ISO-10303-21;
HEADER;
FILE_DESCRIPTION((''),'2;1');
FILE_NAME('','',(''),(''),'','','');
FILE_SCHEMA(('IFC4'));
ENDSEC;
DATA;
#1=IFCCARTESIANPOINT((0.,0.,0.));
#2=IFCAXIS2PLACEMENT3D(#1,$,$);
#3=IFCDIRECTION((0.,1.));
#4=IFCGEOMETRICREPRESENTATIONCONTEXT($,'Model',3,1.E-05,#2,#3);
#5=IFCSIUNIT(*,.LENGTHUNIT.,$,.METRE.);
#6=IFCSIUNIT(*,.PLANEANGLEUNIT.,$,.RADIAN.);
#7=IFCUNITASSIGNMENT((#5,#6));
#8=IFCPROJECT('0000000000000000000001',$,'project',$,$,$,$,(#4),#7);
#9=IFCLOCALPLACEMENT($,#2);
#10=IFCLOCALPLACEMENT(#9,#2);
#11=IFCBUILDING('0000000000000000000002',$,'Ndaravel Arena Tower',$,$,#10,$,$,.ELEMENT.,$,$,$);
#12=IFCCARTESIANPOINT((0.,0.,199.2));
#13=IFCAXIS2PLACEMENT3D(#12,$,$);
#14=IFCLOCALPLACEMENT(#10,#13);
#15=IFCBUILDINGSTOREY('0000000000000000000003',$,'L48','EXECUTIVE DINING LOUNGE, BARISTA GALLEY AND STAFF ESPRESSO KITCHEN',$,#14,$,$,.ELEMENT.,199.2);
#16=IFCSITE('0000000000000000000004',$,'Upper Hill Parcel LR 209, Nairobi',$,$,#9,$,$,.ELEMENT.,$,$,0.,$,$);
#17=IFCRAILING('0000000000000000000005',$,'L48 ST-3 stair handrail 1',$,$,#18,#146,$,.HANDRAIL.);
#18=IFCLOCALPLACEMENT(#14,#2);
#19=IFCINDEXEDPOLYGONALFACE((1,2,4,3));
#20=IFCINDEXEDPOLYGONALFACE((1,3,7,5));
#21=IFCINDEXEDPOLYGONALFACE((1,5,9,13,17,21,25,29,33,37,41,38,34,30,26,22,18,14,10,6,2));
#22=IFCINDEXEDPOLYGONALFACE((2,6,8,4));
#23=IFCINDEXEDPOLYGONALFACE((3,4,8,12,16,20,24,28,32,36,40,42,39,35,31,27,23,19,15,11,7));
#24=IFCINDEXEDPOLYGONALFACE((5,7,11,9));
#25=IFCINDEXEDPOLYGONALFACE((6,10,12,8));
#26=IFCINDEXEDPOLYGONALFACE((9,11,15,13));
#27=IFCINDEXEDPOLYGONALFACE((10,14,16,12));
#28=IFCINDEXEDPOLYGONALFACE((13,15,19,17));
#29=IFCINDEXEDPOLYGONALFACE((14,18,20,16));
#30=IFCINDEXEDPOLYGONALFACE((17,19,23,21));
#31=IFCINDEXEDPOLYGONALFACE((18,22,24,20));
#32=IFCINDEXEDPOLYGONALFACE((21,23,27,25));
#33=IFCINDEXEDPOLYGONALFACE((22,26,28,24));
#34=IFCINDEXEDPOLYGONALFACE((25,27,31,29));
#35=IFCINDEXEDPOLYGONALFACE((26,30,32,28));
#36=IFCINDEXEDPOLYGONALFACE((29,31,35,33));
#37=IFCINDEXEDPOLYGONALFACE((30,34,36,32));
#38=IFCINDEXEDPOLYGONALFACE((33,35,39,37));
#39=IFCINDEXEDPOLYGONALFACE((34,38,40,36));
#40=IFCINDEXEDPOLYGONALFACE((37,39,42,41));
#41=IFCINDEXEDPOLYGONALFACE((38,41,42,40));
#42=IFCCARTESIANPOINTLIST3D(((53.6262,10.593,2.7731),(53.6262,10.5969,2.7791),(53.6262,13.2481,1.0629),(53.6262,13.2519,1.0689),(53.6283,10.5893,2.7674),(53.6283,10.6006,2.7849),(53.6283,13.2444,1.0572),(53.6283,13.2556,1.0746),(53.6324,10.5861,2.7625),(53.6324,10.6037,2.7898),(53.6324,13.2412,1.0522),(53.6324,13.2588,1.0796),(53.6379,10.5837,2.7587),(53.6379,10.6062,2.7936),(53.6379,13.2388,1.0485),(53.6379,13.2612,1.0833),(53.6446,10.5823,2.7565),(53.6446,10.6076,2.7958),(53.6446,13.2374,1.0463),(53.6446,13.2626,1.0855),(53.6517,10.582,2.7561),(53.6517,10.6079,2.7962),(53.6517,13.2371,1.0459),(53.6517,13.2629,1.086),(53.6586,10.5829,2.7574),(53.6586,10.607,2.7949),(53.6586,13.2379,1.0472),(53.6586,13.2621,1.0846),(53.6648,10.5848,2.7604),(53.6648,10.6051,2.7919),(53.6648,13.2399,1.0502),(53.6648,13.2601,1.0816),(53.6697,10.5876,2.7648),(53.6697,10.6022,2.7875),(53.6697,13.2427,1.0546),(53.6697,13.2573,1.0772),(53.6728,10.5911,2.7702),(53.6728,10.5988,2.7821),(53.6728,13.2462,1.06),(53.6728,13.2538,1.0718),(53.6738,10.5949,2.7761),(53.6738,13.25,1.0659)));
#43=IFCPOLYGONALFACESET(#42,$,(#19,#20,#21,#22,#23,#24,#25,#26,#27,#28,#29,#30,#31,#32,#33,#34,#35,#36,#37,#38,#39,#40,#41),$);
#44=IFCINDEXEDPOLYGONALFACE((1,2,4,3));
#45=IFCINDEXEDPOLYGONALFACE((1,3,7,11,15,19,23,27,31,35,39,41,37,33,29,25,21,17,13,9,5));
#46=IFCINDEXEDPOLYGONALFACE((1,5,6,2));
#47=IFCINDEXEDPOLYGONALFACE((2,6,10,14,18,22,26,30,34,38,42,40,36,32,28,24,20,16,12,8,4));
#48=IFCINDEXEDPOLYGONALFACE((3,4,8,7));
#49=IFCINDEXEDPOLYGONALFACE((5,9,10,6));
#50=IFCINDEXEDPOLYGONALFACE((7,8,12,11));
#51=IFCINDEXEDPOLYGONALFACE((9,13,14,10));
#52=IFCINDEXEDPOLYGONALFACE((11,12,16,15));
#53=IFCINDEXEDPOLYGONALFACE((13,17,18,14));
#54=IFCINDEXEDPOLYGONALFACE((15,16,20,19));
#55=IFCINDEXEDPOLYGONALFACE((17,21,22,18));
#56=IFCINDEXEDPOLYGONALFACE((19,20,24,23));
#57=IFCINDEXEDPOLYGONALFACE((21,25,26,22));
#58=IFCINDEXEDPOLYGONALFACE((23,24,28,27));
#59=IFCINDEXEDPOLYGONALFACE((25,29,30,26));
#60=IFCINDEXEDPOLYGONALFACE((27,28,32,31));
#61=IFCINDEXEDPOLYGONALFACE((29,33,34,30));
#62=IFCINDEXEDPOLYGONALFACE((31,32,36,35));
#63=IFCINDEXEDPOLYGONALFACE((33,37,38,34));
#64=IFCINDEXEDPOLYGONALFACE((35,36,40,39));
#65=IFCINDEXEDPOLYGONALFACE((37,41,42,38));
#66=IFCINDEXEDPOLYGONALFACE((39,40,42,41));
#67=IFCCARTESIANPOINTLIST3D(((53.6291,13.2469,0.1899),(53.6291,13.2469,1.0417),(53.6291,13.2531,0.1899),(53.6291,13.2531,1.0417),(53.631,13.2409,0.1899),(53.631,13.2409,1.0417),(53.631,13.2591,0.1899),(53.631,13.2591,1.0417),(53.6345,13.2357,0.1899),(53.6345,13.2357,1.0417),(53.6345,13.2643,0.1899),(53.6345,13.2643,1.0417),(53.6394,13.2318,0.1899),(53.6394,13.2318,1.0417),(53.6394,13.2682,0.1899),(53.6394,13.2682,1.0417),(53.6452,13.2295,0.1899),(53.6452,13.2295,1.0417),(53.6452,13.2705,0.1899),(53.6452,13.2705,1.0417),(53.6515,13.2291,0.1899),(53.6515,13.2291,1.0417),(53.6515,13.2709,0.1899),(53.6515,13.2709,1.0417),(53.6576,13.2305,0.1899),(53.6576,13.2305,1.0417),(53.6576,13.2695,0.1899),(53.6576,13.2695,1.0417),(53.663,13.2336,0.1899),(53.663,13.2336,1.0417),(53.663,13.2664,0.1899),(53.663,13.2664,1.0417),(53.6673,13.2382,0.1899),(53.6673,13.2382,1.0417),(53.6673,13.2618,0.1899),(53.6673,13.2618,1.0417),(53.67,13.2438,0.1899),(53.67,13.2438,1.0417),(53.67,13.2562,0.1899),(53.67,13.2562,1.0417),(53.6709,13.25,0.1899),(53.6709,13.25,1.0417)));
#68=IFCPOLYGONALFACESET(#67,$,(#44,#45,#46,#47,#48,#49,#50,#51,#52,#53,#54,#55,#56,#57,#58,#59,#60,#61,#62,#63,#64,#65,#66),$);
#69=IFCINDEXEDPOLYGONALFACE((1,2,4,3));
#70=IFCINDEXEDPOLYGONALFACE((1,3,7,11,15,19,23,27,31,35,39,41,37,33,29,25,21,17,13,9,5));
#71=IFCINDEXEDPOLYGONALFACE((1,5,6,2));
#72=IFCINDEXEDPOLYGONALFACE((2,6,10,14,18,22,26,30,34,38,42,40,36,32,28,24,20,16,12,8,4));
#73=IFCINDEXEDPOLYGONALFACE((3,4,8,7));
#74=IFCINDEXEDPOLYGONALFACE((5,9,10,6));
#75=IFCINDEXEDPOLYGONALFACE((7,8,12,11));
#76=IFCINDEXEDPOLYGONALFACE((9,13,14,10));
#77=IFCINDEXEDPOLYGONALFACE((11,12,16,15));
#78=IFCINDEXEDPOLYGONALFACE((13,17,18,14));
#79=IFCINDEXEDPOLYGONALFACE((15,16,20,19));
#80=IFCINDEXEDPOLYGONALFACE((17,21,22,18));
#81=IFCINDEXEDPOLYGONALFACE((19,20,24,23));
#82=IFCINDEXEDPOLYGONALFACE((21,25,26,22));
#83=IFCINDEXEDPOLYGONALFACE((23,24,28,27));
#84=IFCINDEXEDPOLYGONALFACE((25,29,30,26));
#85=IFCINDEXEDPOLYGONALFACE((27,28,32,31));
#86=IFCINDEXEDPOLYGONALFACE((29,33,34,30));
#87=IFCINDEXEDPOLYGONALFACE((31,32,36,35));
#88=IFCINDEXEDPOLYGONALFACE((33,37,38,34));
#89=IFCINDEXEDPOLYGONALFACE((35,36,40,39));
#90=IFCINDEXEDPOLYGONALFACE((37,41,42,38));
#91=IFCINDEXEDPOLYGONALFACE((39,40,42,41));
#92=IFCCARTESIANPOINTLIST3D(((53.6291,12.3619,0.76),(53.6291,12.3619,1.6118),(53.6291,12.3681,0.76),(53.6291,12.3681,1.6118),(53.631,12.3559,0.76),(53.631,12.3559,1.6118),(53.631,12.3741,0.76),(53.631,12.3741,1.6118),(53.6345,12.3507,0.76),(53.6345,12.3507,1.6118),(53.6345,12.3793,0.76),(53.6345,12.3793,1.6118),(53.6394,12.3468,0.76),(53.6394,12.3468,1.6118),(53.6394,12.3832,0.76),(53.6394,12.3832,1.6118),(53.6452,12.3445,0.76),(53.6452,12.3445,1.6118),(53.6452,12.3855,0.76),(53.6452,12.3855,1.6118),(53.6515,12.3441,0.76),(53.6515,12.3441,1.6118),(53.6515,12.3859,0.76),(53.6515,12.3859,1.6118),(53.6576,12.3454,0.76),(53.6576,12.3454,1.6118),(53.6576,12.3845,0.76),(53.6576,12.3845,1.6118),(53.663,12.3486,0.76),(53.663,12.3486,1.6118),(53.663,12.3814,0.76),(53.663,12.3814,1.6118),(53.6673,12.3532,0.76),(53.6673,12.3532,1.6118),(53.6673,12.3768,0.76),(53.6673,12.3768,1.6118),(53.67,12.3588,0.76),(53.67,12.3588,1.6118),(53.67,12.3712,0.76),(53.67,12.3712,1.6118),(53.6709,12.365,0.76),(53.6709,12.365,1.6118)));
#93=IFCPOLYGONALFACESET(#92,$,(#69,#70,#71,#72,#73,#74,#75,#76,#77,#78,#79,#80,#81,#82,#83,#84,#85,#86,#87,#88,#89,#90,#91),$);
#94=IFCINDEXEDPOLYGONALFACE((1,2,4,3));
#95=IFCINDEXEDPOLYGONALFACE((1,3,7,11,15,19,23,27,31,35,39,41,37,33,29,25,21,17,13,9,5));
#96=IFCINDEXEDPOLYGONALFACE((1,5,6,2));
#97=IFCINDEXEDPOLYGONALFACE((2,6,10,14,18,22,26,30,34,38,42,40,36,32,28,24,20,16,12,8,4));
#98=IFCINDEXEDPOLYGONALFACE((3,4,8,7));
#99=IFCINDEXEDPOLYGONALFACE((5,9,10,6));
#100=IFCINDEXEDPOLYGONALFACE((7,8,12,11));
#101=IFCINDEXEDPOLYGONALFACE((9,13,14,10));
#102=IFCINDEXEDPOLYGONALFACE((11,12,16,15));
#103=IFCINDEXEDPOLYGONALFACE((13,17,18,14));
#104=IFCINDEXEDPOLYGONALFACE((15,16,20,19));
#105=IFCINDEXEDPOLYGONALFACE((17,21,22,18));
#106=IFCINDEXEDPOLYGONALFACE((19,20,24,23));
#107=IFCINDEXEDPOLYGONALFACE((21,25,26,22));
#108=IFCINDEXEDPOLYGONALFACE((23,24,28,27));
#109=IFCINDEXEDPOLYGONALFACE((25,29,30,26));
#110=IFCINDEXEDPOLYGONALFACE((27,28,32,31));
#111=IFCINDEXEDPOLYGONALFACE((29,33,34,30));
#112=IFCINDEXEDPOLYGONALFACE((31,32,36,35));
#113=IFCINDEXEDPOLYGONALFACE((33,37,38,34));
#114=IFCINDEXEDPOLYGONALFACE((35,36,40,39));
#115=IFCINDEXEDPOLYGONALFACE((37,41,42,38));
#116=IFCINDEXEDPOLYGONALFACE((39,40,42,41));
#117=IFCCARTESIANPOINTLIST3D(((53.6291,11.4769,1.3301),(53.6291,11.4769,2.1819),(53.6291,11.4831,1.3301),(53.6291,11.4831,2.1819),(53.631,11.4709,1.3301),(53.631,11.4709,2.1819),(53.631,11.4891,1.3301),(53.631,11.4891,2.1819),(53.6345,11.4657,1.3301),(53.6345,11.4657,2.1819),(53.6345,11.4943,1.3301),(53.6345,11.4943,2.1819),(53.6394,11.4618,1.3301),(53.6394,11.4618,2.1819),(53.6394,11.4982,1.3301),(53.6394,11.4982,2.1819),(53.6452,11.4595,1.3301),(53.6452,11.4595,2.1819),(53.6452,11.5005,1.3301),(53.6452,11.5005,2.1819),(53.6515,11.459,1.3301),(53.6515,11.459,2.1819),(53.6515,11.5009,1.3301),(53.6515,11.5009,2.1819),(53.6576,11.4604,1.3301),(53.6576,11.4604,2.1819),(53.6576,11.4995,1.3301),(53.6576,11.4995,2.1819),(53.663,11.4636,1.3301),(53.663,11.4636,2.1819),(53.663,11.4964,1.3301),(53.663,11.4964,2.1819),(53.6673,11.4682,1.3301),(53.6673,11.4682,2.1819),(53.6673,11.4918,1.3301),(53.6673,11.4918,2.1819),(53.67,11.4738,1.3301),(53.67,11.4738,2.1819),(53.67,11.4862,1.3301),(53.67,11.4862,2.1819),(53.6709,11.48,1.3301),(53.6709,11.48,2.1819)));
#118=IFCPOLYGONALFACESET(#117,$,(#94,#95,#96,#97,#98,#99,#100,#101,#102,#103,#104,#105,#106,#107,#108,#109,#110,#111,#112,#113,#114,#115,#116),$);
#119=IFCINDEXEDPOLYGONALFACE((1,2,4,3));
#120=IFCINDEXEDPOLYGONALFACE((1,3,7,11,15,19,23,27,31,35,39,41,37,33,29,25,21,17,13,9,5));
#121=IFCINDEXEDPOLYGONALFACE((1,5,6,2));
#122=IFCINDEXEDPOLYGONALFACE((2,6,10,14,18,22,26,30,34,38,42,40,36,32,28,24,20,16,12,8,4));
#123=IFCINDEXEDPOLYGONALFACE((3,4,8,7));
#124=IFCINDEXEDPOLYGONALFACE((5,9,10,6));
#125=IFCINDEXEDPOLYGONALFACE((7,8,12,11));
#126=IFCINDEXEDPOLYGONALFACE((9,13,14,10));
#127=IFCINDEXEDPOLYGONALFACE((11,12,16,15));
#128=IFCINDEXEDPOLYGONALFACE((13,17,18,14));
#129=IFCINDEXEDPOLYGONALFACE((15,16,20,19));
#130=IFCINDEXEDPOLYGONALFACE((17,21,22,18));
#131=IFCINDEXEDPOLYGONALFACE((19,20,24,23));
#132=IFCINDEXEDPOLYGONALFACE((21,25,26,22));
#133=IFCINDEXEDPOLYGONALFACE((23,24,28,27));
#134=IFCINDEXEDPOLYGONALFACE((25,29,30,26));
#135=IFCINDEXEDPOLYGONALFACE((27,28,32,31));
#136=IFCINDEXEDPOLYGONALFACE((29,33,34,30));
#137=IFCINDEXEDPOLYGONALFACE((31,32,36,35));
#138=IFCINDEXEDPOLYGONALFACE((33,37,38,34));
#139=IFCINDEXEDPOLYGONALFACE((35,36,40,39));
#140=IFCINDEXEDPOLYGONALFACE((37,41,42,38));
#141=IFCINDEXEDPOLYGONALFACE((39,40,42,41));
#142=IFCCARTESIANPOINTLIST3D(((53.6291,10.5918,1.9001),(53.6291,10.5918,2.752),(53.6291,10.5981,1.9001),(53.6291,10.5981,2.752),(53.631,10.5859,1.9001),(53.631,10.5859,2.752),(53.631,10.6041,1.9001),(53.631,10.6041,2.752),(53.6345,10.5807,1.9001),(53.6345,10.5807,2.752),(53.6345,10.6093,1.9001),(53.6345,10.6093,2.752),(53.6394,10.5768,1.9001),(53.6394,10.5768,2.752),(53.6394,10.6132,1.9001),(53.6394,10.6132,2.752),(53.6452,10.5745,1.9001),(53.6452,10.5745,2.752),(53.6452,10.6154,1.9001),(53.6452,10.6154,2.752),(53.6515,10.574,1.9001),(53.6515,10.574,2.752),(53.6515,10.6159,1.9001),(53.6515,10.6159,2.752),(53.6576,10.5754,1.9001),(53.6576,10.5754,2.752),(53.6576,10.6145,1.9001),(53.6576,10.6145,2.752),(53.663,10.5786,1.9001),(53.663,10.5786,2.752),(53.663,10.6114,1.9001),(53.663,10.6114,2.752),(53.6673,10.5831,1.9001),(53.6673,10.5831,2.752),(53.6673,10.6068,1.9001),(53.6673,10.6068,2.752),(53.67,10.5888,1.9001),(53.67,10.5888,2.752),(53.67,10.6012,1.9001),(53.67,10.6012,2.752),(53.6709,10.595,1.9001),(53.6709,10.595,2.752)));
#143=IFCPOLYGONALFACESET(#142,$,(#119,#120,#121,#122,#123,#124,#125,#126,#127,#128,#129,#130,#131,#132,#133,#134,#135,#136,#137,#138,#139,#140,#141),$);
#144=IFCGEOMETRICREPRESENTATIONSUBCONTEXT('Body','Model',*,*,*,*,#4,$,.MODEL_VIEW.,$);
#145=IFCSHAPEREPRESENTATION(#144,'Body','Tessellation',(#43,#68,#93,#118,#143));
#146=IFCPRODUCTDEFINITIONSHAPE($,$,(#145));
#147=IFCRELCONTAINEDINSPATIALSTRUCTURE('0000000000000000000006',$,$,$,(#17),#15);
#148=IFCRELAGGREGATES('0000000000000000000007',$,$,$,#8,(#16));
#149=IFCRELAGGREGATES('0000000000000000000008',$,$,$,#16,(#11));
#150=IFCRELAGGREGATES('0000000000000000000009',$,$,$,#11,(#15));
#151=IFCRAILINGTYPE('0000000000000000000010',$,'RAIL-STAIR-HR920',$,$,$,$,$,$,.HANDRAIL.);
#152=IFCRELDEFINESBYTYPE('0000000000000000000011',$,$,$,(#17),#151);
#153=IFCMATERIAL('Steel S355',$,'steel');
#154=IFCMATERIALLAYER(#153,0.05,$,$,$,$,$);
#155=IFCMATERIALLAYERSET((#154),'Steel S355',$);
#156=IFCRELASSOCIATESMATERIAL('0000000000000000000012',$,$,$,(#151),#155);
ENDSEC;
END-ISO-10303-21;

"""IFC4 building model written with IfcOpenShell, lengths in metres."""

from ifc_helpers import new_model, si_unit, direction, frame, origin, origin_2d, place, context, subcontext, project, spatial, circle, extrude, material, layer, layer_set, type_object, element, save


model = new_model("IFC4")

# Units and contexts
model_context = context("Model", 3, precision=1e-05, world=origin(), true_north=direction((0.0, 1.0)))
body_context = subcontext(model_context, "Body", "Model", "MODEL_VIEW")
ifc_project = project(units=[si_unit("LENGTHUNIT", "METRE"), si_unit("PLANEANGLEUNIT", "RADIAN")], contexts=[model_context])

# Site, building, storey
site_placement = place(None, origin())
site = spatial("IfcSite", under=ifc_project, at=site_placement, Name="Upper Hill Parcel LR 209, Nairobi", CompositionType="ELEMENT", RefElevation=0.0)
building_placement = place(site_placement, origin())
building = spatial("IfcBuilding", under=site, at=building_placement, Name="Ndaravel Arena Tower", CompositionType="ELEMENT")
storey_placement = place(building_placement, frame((0.0, 0.0, 199.2)))
storey = spatial("IfcBuildingStorey", under=building, at=storey_placement, Name="L48", Description="EXECUTIVE DINING LOUNGE, BARISTA GALLEY AND STAFF ESPRESSO KITCHEN", CompositionType="ELEMENT", Elevation=199.2)

# Railing
ifc_material_1 = material(Name="Steel S355", Category="steel")
ifc_layer_1 = layer(ifc_material_1, 0.05)
ifc_layer_set_1 = layer_set([ifc_layer_1], Name="Steel S355")
railing_type_1 = type_object("IfcRailingType", Name="RAIL-STAIR-HR920", PredefinedType="HANDRAIL", material=ifc_layer_set_1)
railing_1_placement = place(storey_placement, frame((53.6499, 13.25, 0.1899)))
element("IfcRailing", 1, at=railing_1_placement, inside=storey, type_object=railing_type_1, Name="L48 ST-3 stair handrail 1", PredefinedType="HANDRAIL", context=body_context, shape_type="SweptSolid", body=[
    extrude(circle(Radius=0.0239, at=origin_2d()), frame((0.0, 0.0, 0.876), z_axis=(0.0, -0.840688, 0.541519), x_axis=(1.0, 0.0, 0.0)), (0.0, 0.0, 1.0), 3.1582),
    extrude(circle(Radius=0.021, at=origin_2d()), origin(), (0.0, 0.0, 1.0), 0.8518),
    extrude(circle(Radius=0.021, at=origin_2d()), frame((0.0, -0.885, 0.5701)), (0.0, 0.0, 1.0), 0.8518),
    extrude(circle(Radius=0.021, at=origin_2d()), frame((0.0, -1.77, 1.1401)), (0.0, 0.0, 1.0), 0.8518),
    extrude(circle(Radius=0.021, at=origin_2d()), frame((0.0, -2.655, 1.7102)), (0.0, 0.0, 1.0), 0.8518),
])

save(model, "model.ifc")
